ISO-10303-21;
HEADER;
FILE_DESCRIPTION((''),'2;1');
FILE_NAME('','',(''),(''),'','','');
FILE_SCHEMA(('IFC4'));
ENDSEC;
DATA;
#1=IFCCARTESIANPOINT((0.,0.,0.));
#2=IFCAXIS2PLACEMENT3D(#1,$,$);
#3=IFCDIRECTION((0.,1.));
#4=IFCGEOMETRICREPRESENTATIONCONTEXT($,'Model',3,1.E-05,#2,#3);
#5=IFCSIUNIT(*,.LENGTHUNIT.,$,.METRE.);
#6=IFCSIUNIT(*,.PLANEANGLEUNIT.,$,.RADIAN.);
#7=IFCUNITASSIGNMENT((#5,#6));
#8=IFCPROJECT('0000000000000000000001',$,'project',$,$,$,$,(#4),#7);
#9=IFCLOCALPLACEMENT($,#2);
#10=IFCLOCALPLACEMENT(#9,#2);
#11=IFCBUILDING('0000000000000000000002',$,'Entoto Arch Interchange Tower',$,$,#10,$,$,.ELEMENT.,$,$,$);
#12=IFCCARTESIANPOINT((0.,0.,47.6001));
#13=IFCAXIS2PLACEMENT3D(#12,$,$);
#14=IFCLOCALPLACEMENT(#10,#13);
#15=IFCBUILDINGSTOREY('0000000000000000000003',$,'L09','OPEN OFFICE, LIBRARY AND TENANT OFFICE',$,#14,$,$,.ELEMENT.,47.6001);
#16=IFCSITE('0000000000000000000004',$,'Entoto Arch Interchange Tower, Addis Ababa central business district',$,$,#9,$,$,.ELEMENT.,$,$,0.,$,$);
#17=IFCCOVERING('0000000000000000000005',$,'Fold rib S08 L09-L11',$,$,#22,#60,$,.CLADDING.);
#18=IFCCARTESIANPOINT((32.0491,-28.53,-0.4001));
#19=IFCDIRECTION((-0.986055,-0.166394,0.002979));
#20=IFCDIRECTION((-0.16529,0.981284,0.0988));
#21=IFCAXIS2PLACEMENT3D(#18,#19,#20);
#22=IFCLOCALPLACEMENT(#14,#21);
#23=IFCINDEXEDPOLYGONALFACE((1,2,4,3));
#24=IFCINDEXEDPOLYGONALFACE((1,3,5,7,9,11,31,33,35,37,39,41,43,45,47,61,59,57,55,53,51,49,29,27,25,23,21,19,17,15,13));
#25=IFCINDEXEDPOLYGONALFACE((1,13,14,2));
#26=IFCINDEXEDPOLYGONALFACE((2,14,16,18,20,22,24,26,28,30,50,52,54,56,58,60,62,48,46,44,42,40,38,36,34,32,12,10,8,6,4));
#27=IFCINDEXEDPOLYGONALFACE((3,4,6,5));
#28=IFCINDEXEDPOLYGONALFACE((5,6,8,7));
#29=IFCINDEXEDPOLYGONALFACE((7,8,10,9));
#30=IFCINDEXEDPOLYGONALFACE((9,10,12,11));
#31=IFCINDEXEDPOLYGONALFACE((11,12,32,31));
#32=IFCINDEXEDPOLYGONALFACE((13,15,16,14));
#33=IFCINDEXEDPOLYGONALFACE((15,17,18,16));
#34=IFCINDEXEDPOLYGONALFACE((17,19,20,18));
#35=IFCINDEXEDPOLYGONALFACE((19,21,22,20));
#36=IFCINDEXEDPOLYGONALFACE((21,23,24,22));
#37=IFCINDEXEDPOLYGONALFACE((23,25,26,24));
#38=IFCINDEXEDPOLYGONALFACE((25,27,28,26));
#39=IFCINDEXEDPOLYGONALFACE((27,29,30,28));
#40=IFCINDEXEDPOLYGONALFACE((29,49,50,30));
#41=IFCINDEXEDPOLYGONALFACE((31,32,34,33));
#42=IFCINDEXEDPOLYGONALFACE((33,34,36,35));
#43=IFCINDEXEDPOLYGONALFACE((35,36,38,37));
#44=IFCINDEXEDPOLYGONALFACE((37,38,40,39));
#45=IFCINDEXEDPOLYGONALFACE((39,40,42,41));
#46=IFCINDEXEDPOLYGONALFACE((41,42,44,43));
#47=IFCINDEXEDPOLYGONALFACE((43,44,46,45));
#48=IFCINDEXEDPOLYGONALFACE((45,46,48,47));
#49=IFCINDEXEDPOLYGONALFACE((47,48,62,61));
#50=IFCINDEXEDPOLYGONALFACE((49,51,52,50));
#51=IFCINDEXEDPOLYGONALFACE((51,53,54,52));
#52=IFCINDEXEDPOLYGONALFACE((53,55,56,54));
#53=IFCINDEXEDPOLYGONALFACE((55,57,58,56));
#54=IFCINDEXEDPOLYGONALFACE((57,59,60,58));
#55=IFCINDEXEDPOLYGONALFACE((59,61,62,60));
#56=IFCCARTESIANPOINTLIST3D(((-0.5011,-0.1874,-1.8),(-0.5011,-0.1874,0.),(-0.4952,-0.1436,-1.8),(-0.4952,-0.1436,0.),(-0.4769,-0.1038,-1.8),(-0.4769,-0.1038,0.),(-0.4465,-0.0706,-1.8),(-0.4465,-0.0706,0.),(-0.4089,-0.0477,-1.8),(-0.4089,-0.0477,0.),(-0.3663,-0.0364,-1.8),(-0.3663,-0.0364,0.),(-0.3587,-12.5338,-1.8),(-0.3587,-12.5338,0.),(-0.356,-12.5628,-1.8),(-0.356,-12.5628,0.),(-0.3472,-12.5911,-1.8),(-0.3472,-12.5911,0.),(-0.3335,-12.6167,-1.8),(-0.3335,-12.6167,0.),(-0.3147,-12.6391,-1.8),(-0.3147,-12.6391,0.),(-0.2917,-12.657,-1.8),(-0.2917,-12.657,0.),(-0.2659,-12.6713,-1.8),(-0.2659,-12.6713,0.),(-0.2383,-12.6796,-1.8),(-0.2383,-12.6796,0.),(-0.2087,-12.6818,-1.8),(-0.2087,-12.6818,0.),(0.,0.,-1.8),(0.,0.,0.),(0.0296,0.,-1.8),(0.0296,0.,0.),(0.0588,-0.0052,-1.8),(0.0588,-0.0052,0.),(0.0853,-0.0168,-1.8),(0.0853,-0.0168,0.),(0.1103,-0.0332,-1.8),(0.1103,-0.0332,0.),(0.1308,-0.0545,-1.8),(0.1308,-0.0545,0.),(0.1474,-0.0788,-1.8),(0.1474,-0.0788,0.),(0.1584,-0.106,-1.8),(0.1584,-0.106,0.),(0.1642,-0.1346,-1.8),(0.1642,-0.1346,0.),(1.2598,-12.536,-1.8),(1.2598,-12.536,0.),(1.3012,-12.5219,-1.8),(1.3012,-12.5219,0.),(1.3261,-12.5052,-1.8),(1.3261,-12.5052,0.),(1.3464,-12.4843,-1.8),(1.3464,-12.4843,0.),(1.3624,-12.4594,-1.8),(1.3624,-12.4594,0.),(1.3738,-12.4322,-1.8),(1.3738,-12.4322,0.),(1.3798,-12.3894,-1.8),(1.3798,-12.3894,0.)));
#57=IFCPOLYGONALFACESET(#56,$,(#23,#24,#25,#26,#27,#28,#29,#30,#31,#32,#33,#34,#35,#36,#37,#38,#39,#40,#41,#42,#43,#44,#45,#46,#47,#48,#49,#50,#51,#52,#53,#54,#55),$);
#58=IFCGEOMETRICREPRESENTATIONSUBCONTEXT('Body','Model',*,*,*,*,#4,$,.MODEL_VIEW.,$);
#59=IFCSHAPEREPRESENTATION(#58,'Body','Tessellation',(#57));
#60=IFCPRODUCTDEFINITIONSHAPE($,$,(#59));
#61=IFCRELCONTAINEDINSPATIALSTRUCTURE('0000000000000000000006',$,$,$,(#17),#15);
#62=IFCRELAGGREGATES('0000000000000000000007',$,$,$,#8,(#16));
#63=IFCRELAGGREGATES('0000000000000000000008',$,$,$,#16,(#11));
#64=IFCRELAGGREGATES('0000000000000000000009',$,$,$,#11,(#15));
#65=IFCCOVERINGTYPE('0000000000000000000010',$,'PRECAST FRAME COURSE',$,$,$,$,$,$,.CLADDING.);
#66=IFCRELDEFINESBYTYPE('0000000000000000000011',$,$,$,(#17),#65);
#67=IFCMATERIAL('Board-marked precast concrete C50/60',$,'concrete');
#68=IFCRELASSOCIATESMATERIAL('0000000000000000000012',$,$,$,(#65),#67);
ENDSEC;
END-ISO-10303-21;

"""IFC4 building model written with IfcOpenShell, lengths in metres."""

from ifc_helpers import new_model, si_unit, direction, frame, origin, place, context, subcontext, project, spatial, polyline, outline, extrude, material, type_object, element, save


model = new_model("IFC4")

# Units and contexts
model_context = context("Model", 3, precision=1e-05, world=origin(), true_north=direction((0.0, 1.0)))
body_context = subcontext(model_context, "Body", "Model", "MODEL_VIEW")
ifc_project = project(units=[si_unit("LENGTHUNIT", "METRE"), si_unit("PLANEANGLEUNIT", "RADIAN")], contexts=[model_context])

# Site, building, storey
site_placement = place(None, origin())
site = spatial("IfcSite", under=ifc_project, at=site_placement, Name="Entoto Arch Interchange Tower, Addis Ababa central business district", CompositionType="ELEMENT", RefElevation=0.0)
building_placement = place(site_placement, origin())
building = spatial("IfcBuilding", under=site, at=building_placement, Name="Entoto Arch Interchange Tower", CompositionType="ELEMENT")
storey_placement = place(building_placement, frame((0.0, 0.0, 47.6001)))
storey = spatial("IfcBuildingStorey", under=building, at=storey_placement, Name="L09", Description="OPEN OFFICE, LIBRARY AND TENANT OFFICE", CompositionType="ELEMENT", Elevation=47.6001)

# Covering
ifc_material_1 = material(Name="Board-marked precast concrete C50/60", Category="concrete")
covering_type = type_object("IfcCoveringType", Name="PRECAST FRAME COURSE", PredefinedType="CLADDING", material=ifc_material_1)
covering_1_placement = place(storey_placement, frame((32.0491, -28.53, -0.4001), z_axis=(-0.986055, -0.166394, 0.002979), x_axis=(-0.16529, 0.981284, 0.0988)))
element("IfcCovering", 1, at=covering_1_placement, inside=storey, type_object=covering_type, Name="Fold rib S08 L09-L11", PredefinedType="CLADDING", context=body_context, shape_type="SweptSolid", body=[
    extrude(outline(polyline([(0.0, 0.0), (0.0296, 0.0), (0.0588, -0.0052), (0.0853, -0.0168), (0.1103, -0.0332), (0.1308, -0.0545), (0.1474, -0.0788), (0.1584, -0.106), (0.1642, -0.1346), (1.3798, -12.3894), (1.3738, -12.4322), (1.3624, -12.4594), (1.3464, -12.4843), (1.3261, -12.5052), (1.3012, -12.5219), (1.2598, -12.536), (-0.2087, -12.6818), (-0.2383, -12.6796), (-0.2659, -12.6713), (-0.2917, -12.657), (-0.3147, -12.6391), (-0.3335, -12.6167), (-0.3472, -12.5911), (-0.356, -12.5628), (-0.3587, -12.5338), (-0.5011, -0.1874), (-0.4952, -0.1436), (-0.4769, -0.1038), (-0.4465, -0.0706), (-0.4089, -0.0477), (-0.3663, -0.0364), (0.0, 0.0)])), origin(), (0.0, 0.0, -1.0), 1.8),
])

save(model, "model.ifc")
